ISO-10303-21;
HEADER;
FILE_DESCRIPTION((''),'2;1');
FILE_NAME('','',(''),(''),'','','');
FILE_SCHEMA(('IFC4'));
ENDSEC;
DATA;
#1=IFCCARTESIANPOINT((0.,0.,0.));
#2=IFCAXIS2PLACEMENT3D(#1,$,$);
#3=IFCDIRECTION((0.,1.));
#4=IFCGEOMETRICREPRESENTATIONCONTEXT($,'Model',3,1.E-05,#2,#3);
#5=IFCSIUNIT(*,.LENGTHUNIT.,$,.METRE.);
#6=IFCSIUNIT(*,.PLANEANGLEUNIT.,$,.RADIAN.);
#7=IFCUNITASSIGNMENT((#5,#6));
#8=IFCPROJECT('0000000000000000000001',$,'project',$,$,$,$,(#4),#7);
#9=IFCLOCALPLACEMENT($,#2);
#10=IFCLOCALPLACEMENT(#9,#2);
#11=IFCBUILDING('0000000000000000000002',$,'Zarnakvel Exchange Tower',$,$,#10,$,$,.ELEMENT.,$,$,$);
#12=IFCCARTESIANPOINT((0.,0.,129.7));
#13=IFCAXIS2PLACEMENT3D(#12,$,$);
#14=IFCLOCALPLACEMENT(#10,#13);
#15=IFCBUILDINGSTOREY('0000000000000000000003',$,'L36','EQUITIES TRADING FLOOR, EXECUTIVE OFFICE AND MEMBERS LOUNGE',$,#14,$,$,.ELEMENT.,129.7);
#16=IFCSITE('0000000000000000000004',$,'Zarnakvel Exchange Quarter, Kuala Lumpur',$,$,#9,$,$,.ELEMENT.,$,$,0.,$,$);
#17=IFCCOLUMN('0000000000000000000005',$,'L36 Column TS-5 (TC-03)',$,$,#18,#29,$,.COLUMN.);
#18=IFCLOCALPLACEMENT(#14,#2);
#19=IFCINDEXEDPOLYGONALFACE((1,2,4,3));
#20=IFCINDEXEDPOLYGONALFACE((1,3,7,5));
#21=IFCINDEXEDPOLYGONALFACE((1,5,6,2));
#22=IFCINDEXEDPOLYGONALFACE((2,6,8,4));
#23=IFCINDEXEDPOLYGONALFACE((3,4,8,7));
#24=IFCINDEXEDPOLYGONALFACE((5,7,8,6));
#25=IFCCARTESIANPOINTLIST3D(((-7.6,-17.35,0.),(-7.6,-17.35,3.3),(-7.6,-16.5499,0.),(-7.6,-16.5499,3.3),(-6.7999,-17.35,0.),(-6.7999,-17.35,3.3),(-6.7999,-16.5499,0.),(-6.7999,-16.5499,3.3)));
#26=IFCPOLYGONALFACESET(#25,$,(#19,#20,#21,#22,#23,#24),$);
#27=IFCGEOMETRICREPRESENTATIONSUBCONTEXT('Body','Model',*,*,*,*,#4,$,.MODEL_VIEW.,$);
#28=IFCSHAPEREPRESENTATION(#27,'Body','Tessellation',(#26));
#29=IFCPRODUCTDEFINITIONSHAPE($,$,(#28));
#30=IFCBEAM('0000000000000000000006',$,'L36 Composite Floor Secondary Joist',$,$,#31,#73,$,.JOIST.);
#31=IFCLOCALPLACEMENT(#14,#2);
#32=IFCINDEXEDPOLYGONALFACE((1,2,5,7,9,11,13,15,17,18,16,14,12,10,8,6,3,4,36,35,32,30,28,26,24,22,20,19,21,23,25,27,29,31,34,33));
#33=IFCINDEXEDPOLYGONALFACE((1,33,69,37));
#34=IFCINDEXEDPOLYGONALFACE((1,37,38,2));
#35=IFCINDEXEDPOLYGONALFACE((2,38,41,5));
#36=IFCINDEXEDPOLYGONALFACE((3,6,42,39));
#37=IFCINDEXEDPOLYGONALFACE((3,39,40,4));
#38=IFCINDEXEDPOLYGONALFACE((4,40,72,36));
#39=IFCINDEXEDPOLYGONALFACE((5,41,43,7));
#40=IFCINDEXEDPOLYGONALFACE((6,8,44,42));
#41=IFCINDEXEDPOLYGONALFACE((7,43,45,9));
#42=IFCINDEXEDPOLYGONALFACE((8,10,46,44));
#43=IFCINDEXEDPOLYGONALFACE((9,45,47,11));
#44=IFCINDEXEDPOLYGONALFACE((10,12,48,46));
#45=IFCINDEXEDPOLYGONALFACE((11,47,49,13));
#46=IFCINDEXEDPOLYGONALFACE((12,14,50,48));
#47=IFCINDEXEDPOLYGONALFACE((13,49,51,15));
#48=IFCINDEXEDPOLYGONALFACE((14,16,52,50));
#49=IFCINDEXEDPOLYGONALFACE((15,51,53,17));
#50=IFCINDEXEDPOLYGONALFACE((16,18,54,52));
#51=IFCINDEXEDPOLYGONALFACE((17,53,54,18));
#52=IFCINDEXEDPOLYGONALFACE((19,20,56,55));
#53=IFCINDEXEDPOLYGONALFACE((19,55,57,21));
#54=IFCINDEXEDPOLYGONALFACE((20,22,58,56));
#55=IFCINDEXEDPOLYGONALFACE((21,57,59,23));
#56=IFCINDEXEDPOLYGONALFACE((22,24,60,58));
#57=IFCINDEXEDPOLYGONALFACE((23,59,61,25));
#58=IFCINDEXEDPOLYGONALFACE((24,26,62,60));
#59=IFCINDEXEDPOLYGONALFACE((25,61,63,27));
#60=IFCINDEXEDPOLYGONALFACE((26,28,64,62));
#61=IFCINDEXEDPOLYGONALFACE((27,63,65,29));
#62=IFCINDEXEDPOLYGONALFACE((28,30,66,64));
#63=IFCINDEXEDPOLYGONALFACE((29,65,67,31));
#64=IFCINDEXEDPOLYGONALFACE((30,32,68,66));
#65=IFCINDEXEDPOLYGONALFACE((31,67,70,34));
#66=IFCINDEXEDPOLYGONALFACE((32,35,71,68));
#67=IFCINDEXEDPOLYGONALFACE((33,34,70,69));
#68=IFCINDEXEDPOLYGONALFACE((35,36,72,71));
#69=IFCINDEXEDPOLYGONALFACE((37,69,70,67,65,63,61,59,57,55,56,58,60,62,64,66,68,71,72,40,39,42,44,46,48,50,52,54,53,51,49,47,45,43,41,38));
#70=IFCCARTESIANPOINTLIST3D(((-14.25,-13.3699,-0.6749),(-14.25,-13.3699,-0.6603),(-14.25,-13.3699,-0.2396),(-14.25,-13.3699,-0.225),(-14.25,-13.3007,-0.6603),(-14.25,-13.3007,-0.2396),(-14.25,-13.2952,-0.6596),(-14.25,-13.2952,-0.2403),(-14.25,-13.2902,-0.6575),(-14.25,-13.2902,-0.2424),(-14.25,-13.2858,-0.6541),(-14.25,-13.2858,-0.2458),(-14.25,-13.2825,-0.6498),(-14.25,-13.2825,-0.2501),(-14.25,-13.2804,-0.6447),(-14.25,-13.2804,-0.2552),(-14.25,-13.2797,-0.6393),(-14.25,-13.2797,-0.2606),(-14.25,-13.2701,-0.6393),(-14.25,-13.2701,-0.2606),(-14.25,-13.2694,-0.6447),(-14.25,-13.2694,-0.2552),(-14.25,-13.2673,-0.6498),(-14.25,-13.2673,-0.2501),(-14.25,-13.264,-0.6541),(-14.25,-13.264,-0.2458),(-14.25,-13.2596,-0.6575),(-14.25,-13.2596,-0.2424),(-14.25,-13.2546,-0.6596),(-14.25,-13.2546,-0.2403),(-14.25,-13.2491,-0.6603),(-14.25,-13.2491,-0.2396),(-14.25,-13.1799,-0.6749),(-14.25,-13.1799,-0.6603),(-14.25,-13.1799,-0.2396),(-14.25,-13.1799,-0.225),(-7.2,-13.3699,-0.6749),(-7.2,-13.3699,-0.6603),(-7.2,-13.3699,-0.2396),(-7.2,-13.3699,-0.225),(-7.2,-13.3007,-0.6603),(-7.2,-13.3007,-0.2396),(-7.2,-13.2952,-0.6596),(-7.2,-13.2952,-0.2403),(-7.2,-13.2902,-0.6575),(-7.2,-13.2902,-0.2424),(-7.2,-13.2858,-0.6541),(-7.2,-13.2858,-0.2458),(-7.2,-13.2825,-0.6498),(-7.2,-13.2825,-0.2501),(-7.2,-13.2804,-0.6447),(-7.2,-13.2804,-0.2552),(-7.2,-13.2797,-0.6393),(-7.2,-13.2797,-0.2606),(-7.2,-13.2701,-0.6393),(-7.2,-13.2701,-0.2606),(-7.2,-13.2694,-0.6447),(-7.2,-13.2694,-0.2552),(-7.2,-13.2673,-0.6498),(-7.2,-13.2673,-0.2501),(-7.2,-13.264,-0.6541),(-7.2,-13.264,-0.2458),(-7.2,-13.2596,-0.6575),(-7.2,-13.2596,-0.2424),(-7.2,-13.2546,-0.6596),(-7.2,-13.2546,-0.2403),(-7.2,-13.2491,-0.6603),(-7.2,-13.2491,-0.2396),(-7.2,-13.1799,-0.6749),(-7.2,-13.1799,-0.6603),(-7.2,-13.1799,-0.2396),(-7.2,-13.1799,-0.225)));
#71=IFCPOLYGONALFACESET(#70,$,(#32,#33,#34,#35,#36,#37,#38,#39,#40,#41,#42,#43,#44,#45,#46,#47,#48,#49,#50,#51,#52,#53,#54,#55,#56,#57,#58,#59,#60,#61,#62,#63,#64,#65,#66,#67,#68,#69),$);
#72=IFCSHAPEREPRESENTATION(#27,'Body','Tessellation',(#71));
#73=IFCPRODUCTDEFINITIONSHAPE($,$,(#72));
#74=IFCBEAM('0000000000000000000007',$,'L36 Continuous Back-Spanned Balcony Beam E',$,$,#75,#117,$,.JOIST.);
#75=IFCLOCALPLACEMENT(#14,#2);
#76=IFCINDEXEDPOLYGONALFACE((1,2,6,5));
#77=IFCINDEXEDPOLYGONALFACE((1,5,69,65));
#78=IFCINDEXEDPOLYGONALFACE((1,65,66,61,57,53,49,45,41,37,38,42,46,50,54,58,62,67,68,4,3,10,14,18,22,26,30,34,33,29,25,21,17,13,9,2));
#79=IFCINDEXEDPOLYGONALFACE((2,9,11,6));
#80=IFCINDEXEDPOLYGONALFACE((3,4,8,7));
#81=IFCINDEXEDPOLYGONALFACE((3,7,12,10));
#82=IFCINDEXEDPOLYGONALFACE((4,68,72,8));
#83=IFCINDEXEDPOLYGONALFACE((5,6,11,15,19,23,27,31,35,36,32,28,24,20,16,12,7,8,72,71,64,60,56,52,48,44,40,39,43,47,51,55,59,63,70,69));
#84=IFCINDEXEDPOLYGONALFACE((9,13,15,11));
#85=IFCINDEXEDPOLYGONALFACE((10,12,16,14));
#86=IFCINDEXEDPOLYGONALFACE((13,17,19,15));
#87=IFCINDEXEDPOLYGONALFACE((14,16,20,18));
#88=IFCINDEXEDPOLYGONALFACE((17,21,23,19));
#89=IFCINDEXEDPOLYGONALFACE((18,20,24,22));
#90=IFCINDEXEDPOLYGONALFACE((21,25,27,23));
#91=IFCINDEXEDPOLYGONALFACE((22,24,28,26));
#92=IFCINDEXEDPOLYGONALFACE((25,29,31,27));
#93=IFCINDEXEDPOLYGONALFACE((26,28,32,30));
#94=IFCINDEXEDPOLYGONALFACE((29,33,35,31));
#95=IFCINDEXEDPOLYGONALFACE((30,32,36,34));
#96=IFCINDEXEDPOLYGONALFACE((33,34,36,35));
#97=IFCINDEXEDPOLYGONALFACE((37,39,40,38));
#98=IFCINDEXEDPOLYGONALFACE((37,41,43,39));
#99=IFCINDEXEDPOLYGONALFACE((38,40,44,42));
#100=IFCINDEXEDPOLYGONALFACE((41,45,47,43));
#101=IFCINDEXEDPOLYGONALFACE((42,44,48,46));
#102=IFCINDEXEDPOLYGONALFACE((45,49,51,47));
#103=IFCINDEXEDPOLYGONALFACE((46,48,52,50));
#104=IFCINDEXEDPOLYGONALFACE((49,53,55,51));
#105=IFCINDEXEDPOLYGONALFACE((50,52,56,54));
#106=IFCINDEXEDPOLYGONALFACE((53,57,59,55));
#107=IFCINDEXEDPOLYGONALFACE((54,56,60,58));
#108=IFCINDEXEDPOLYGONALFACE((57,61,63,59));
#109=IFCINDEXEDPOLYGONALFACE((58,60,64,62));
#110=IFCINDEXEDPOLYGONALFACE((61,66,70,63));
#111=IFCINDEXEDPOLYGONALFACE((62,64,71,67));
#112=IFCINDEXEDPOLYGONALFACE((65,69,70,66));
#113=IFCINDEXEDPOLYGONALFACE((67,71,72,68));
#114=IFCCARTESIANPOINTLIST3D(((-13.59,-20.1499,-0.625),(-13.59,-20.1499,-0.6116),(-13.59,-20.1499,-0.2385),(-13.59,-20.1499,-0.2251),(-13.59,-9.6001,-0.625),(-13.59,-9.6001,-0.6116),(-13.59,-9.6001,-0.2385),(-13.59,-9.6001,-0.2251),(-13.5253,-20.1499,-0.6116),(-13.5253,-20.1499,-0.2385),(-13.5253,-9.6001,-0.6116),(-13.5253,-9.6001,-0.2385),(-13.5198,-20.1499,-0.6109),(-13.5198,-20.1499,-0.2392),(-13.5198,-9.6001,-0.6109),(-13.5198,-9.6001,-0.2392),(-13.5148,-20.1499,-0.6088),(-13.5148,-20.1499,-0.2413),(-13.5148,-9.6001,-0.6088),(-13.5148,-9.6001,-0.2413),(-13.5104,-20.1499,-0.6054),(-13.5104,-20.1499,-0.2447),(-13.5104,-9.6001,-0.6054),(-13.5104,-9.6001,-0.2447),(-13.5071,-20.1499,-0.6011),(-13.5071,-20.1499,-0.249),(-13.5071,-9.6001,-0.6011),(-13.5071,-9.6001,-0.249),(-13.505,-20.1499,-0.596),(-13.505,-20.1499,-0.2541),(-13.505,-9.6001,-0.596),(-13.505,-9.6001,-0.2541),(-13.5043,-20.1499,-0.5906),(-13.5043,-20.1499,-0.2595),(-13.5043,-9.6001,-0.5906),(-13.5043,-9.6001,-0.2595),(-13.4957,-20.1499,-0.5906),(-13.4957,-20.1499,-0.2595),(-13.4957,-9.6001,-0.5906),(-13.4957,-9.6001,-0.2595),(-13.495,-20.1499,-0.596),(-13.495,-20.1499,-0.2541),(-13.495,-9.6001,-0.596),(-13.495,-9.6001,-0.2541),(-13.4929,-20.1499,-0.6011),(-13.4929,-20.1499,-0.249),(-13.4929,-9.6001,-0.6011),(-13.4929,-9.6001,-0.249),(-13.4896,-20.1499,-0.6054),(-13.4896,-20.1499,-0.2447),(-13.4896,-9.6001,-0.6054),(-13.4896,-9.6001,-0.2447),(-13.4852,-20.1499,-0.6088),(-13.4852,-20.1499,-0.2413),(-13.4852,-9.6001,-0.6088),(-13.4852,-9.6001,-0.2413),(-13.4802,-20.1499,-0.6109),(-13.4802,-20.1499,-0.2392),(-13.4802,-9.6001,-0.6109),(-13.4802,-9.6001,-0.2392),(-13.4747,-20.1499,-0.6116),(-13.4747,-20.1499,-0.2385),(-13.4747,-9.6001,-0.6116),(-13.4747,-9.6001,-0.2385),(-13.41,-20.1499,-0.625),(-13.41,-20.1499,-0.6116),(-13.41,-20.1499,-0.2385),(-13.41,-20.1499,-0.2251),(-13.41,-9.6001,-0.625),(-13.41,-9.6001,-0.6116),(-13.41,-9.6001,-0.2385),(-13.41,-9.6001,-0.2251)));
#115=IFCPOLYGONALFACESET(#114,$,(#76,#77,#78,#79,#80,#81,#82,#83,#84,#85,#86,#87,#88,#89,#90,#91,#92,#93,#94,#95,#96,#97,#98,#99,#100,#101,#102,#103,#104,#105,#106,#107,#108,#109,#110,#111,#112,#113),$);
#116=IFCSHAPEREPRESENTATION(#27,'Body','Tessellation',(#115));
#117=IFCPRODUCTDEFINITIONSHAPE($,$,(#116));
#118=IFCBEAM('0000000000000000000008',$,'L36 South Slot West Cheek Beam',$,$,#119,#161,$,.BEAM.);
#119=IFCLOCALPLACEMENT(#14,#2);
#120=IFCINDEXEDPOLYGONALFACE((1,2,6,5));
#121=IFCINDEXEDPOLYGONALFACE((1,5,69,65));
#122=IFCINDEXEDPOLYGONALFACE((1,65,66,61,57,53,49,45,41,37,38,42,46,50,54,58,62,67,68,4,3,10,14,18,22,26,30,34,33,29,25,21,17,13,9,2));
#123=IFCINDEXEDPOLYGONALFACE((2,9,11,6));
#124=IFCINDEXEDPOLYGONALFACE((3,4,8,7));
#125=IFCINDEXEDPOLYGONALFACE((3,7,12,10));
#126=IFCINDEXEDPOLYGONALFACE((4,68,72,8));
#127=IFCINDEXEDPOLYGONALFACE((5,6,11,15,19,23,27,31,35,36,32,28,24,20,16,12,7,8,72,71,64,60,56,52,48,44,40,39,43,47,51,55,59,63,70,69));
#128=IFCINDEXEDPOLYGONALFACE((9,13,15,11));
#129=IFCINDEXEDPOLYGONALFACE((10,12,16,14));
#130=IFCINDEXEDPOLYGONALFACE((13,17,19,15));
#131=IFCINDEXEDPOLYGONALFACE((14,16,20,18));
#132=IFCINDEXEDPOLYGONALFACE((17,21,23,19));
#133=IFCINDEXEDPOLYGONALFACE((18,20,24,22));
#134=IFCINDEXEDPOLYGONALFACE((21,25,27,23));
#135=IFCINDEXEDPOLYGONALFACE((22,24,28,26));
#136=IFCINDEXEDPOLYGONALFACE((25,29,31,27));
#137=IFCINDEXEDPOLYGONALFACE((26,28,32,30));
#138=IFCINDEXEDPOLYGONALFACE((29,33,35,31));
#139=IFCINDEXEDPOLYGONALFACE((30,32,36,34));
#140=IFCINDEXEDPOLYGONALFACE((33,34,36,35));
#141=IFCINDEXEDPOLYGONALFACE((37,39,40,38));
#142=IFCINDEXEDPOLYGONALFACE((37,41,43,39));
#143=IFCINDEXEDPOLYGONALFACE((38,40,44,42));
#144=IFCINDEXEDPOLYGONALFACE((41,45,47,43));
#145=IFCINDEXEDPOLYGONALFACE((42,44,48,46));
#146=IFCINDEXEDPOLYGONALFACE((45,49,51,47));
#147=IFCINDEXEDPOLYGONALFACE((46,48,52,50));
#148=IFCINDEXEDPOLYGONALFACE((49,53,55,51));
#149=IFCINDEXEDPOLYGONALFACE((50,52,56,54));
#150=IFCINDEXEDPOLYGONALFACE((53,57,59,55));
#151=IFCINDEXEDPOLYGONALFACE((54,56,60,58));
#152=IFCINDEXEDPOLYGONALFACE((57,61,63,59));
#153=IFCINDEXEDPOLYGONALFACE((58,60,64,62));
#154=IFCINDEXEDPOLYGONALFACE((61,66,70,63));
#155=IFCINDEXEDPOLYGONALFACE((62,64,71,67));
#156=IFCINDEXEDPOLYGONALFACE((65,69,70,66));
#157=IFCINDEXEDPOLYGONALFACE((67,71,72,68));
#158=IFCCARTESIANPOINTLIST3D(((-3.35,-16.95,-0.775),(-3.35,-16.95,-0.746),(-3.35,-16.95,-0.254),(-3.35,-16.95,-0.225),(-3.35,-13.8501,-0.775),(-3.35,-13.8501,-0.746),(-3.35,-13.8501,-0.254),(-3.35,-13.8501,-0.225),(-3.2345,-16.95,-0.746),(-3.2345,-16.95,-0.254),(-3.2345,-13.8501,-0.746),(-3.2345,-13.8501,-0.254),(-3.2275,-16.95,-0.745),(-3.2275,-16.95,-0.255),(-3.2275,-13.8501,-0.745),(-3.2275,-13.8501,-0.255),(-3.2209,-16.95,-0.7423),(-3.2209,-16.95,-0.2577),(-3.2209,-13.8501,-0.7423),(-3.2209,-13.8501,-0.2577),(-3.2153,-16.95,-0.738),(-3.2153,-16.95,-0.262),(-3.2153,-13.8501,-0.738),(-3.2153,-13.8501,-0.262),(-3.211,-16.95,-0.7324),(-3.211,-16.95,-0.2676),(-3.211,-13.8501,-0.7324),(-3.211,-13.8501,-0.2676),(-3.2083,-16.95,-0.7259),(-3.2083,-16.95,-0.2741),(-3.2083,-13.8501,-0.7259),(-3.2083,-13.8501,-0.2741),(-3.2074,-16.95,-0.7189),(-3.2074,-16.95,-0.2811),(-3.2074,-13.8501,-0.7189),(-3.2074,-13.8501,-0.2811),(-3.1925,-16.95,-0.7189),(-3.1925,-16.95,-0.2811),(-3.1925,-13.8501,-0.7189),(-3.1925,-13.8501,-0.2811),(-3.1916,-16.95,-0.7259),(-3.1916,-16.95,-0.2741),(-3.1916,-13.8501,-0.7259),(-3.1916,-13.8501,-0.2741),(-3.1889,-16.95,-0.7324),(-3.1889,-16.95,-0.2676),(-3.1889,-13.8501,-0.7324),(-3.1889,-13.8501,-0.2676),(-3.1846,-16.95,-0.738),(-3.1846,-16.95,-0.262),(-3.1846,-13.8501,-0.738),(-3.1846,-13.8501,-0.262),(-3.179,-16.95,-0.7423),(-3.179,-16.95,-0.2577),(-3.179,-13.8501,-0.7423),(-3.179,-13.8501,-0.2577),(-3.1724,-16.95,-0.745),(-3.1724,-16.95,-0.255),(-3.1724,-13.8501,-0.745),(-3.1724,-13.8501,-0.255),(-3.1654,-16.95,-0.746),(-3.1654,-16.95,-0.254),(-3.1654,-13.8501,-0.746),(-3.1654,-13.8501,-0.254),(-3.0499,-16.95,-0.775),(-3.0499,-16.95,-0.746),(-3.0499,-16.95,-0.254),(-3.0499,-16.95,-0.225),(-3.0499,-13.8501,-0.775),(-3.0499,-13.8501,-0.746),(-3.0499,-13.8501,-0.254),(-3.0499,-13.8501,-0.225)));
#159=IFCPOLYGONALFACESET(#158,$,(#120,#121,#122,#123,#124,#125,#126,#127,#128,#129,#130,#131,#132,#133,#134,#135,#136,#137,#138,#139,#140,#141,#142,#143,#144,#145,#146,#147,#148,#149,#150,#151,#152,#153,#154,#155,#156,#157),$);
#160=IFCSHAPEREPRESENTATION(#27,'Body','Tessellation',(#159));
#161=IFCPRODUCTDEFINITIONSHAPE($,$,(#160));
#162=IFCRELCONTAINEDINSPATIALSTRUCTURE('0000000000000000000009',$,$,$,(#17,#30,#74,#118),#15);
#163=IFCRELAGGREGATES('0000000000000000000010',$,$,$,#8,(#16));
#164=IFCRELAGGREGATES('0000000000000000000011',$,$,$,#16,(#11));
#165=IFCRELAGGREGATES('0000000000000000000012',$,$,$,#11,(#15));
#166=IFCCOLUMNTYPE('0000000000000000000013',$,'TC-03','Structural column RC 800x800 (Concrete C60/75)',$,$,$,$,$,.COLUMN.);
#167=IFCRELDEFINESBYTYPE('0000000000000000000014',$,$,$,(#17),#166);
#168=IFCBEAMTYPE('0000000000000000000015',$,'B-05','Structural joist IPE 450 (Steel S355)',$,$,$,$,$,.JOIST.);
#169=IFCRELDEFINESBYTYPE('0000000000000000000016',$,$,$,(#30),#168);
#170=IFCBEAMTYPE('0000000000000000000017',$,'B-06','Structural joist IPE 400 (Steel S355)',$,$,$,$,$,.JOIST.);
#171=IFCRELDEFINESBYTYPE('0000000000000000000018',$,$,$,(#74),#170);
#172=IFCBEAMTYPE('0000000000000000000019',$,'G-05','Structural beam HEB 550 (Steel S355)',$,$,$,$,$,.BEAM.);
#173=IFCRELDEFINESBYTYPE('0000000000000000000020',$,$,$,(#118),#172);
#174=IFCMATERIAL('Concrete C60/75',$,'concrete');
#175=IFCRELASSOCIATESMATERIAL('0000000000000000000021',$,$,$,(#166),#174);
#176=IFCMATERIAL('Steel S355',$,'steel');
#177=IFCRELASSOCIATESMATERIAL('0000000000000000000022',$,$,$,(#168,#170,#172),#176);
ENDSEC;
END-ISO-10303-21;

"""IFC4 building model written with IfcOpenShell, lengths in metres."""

from ifc_helpers import new_model, si_unit, direction, frame, origin, origin_2d, place, context, subcontext, project, spatial, rectangle, i_section, extrude, material, material_profile, profile_set, type_object, element, save


model = new_model("IFC4")

# Units and contexts
model_context = context("Model", 3, precision=1e-05, world=origin(), true_north=direction((0.0, 1.0)))
body_context = subcontext(model_context, "Body", "Model", "MODEL_VIEW")
ifc_project = project(units=[si_unit("LENGTHUNIT", "METRE"), si_unit("PLANEANGLEUNIT", "RADIAN")], contexts=[model_context])

# Site, building, storey
site_placement = place(None, origin())
site = spatial("IfcSite", under=ifc_project, at=site_placement, Name="Zarnakvel Exchange Quarter, Kuala Lumpur", CompositionType="ELEMENT", RefElevation=0.0)
building_placement = place(site_placement, origin())
building = spatial("IfcBuilding", under=site, at=building_placement, Name="Zarnakvel Exchange Tower", CompositionType="ELEMENT")
storey_placement = place(building_placement, frame((0.0, 0.0, 129.7)))
storey = spatial("IfcBuildingStorey", under=building, at=storey_placement, Name="L36", Description="EQUITIES TRADING FLOOR, EXECUTIVE OFFICE AND MEMBERS LOUNGE", CompositionType="ELEMENT", Elevation=129.7)

# Column
ifc_material_1 = material(Name="Concrete C60/75", Category="concrete")
ifc_material_profile_1 = material_profile(ifc_material_1, rectangle(XDim=0.8, YDim=0.8, at=origin_2d()))
ifc_profile_set_1 = profile_set([ifc_material_profile_1], Name="Concrete C60/75")
column_type = type_object("IfcColumnType", Name="TC-03", Description="Structural column RC 800x800 (Concrete C60/75)", PredefinedType="COLUMN", material=ifc_profile_set_1)
column_placement = place(storey_placement, frame((-7.2, -16.95, 0.0), z_axis=(0.0, 0.0, 1.0), x_axis=(1.0, 0.0, 0.0)))
element("IfcColumn", 1, at=column_placement, inside=storey, type_object=column_type, Name="L36 Column TS-5 (TC-03)", PredefinedType="COLUMN", context=body_context, shape_type="SweptSolid", body=[
    extrude(rectangle(XDim=0.8, YDim=0.8, at=origin_2d()), origin(), (0.0, 0.0, 1.0), 3.3),
])

# Beams
ifc_material_2 = material(Name="Steel S355", Category="steel")
ifc_material_profile_2 = material_profile(ifc_material_2, i_section(OverallWidth=0.1899, OverallDepth=0.45, WebThickness=0.0095, FlangeThickness=0.0146, FilletRadius=0.021, at=origin_2d()))
ifc_profile_set_2 = profile_set([ifc_material_profile_2], Name="Steel S355")
beam_type_1 = type_object("IfcBeamType", Name="B-05", Description="Structural joist IPE 450 (Steel S355)", PredefinedType="JOIST", material=ifc_profile_set_2)
beam_1_placement = place(storey_placement, frame((-14.25, -13.2749, -0.45), z_axis=(1.0, 0.0, 0.0), x_axis=(0.0, 1.0, 0.0)))
element("IfcBeam", 2, at=beam_1_placement, inside=storey, type_object=beam_type_1, Name="L36 Composite Floor Secondary Joist", PredefinedType="JOIST", context=body_context, shape_type="SweptSolid", body=[
    extrude(i_section(OverallWidth=0.1899, OverallDepth=0.45, WebThickness=0.0095, FlangeThickness=0.0146, FilletRadius=0.021, at=origin_2d()), origin(), (0.0, 0.0, 1.0), 7.05),
])
ifc_material_profile_3 = material_profile(ifc_material_2, i_section(OverallWidth=0.1799, OverallDepth=0.3999, WebThickness=0.0085, FlangeThickness=0.0134, FilletRadius=0.021, at=origin_2d()))
ifc_profile_set_3 = profile_set([ifc_material_profile_3], Name="Steel S355")
beam_type_2 = type_object("IfcBeamType", Name="B-06", Description="Structural joist IPE 400 (Steel S355)", PredefinedType="JOIST", material=ifc_profile_set_3)
beam_2_placement = place(storey_placement, frame((-13.5, -9.6001, -0.425), z_axis=(0.0, -1.0, 0.0), x_axis=(1.0, 0.0, 0.0)))
element("IfcBeam", 3, at=beam_2_placement, inside=storey, type_object=beam_type_2, Name="L36 Continuous Back-Spanned Balcony Beam E", PredefinedType="JOIST", context=body_context, shape_type="SweptSolid", body=[
    extrude(i_section(OverallWidth=0.1799, OverallDepth=0.3999, WebThickness=0.0085, FlangeThickness=0.0134, FilletRadius=0.021, at=origin_2d()), origin(), (0.0, 0.0, 1.0), 10.5498),
])
ifc_material_profile_4 = material_profile(ifc_material_2, i_section(OverallWidth=0.3, OverallDepth=0.55, WebThickness=0.0149, FlangeThickness=0.0291, FilletRadius=0.0271, at=origin_2d()))
ifc_profile_set_4 = profile_set([ifc_material_profile_4], Name="Steel S355")
beam_type_3 = type_object("IfcBeamType", Name="G-05", Description="Structural beam HEB 550 (Steel S355)", PredefinedType="BEAM", material=ifc_profile_set_4)
beam_3_placement = place(storey_placement, frame((-3.2, -16.95, -0.5), z_axis=(0.0, 1.0, 0.0), x_axis=(-1.0, 0.0, 0.0)))
element("IfcBeam", 4, at=beam_3_placement, inside=storey, type_object=beam_type_3, Name="L36 South Slot West Cheek Beam", PredefinedType="BEAM", context=body_context, shape_type="SweptSolid", body=[
    extrude(i_section(OverallWidth=0.3, OverallDepth=0.55, WebThickness=0.0149, FlangeThickness=0.0291, FilletRadius=0.0271, at=origin_2d()), origin(), (0.0, 0.0, 1.0), 3.0999),
])

save(model, "model.ifc")
